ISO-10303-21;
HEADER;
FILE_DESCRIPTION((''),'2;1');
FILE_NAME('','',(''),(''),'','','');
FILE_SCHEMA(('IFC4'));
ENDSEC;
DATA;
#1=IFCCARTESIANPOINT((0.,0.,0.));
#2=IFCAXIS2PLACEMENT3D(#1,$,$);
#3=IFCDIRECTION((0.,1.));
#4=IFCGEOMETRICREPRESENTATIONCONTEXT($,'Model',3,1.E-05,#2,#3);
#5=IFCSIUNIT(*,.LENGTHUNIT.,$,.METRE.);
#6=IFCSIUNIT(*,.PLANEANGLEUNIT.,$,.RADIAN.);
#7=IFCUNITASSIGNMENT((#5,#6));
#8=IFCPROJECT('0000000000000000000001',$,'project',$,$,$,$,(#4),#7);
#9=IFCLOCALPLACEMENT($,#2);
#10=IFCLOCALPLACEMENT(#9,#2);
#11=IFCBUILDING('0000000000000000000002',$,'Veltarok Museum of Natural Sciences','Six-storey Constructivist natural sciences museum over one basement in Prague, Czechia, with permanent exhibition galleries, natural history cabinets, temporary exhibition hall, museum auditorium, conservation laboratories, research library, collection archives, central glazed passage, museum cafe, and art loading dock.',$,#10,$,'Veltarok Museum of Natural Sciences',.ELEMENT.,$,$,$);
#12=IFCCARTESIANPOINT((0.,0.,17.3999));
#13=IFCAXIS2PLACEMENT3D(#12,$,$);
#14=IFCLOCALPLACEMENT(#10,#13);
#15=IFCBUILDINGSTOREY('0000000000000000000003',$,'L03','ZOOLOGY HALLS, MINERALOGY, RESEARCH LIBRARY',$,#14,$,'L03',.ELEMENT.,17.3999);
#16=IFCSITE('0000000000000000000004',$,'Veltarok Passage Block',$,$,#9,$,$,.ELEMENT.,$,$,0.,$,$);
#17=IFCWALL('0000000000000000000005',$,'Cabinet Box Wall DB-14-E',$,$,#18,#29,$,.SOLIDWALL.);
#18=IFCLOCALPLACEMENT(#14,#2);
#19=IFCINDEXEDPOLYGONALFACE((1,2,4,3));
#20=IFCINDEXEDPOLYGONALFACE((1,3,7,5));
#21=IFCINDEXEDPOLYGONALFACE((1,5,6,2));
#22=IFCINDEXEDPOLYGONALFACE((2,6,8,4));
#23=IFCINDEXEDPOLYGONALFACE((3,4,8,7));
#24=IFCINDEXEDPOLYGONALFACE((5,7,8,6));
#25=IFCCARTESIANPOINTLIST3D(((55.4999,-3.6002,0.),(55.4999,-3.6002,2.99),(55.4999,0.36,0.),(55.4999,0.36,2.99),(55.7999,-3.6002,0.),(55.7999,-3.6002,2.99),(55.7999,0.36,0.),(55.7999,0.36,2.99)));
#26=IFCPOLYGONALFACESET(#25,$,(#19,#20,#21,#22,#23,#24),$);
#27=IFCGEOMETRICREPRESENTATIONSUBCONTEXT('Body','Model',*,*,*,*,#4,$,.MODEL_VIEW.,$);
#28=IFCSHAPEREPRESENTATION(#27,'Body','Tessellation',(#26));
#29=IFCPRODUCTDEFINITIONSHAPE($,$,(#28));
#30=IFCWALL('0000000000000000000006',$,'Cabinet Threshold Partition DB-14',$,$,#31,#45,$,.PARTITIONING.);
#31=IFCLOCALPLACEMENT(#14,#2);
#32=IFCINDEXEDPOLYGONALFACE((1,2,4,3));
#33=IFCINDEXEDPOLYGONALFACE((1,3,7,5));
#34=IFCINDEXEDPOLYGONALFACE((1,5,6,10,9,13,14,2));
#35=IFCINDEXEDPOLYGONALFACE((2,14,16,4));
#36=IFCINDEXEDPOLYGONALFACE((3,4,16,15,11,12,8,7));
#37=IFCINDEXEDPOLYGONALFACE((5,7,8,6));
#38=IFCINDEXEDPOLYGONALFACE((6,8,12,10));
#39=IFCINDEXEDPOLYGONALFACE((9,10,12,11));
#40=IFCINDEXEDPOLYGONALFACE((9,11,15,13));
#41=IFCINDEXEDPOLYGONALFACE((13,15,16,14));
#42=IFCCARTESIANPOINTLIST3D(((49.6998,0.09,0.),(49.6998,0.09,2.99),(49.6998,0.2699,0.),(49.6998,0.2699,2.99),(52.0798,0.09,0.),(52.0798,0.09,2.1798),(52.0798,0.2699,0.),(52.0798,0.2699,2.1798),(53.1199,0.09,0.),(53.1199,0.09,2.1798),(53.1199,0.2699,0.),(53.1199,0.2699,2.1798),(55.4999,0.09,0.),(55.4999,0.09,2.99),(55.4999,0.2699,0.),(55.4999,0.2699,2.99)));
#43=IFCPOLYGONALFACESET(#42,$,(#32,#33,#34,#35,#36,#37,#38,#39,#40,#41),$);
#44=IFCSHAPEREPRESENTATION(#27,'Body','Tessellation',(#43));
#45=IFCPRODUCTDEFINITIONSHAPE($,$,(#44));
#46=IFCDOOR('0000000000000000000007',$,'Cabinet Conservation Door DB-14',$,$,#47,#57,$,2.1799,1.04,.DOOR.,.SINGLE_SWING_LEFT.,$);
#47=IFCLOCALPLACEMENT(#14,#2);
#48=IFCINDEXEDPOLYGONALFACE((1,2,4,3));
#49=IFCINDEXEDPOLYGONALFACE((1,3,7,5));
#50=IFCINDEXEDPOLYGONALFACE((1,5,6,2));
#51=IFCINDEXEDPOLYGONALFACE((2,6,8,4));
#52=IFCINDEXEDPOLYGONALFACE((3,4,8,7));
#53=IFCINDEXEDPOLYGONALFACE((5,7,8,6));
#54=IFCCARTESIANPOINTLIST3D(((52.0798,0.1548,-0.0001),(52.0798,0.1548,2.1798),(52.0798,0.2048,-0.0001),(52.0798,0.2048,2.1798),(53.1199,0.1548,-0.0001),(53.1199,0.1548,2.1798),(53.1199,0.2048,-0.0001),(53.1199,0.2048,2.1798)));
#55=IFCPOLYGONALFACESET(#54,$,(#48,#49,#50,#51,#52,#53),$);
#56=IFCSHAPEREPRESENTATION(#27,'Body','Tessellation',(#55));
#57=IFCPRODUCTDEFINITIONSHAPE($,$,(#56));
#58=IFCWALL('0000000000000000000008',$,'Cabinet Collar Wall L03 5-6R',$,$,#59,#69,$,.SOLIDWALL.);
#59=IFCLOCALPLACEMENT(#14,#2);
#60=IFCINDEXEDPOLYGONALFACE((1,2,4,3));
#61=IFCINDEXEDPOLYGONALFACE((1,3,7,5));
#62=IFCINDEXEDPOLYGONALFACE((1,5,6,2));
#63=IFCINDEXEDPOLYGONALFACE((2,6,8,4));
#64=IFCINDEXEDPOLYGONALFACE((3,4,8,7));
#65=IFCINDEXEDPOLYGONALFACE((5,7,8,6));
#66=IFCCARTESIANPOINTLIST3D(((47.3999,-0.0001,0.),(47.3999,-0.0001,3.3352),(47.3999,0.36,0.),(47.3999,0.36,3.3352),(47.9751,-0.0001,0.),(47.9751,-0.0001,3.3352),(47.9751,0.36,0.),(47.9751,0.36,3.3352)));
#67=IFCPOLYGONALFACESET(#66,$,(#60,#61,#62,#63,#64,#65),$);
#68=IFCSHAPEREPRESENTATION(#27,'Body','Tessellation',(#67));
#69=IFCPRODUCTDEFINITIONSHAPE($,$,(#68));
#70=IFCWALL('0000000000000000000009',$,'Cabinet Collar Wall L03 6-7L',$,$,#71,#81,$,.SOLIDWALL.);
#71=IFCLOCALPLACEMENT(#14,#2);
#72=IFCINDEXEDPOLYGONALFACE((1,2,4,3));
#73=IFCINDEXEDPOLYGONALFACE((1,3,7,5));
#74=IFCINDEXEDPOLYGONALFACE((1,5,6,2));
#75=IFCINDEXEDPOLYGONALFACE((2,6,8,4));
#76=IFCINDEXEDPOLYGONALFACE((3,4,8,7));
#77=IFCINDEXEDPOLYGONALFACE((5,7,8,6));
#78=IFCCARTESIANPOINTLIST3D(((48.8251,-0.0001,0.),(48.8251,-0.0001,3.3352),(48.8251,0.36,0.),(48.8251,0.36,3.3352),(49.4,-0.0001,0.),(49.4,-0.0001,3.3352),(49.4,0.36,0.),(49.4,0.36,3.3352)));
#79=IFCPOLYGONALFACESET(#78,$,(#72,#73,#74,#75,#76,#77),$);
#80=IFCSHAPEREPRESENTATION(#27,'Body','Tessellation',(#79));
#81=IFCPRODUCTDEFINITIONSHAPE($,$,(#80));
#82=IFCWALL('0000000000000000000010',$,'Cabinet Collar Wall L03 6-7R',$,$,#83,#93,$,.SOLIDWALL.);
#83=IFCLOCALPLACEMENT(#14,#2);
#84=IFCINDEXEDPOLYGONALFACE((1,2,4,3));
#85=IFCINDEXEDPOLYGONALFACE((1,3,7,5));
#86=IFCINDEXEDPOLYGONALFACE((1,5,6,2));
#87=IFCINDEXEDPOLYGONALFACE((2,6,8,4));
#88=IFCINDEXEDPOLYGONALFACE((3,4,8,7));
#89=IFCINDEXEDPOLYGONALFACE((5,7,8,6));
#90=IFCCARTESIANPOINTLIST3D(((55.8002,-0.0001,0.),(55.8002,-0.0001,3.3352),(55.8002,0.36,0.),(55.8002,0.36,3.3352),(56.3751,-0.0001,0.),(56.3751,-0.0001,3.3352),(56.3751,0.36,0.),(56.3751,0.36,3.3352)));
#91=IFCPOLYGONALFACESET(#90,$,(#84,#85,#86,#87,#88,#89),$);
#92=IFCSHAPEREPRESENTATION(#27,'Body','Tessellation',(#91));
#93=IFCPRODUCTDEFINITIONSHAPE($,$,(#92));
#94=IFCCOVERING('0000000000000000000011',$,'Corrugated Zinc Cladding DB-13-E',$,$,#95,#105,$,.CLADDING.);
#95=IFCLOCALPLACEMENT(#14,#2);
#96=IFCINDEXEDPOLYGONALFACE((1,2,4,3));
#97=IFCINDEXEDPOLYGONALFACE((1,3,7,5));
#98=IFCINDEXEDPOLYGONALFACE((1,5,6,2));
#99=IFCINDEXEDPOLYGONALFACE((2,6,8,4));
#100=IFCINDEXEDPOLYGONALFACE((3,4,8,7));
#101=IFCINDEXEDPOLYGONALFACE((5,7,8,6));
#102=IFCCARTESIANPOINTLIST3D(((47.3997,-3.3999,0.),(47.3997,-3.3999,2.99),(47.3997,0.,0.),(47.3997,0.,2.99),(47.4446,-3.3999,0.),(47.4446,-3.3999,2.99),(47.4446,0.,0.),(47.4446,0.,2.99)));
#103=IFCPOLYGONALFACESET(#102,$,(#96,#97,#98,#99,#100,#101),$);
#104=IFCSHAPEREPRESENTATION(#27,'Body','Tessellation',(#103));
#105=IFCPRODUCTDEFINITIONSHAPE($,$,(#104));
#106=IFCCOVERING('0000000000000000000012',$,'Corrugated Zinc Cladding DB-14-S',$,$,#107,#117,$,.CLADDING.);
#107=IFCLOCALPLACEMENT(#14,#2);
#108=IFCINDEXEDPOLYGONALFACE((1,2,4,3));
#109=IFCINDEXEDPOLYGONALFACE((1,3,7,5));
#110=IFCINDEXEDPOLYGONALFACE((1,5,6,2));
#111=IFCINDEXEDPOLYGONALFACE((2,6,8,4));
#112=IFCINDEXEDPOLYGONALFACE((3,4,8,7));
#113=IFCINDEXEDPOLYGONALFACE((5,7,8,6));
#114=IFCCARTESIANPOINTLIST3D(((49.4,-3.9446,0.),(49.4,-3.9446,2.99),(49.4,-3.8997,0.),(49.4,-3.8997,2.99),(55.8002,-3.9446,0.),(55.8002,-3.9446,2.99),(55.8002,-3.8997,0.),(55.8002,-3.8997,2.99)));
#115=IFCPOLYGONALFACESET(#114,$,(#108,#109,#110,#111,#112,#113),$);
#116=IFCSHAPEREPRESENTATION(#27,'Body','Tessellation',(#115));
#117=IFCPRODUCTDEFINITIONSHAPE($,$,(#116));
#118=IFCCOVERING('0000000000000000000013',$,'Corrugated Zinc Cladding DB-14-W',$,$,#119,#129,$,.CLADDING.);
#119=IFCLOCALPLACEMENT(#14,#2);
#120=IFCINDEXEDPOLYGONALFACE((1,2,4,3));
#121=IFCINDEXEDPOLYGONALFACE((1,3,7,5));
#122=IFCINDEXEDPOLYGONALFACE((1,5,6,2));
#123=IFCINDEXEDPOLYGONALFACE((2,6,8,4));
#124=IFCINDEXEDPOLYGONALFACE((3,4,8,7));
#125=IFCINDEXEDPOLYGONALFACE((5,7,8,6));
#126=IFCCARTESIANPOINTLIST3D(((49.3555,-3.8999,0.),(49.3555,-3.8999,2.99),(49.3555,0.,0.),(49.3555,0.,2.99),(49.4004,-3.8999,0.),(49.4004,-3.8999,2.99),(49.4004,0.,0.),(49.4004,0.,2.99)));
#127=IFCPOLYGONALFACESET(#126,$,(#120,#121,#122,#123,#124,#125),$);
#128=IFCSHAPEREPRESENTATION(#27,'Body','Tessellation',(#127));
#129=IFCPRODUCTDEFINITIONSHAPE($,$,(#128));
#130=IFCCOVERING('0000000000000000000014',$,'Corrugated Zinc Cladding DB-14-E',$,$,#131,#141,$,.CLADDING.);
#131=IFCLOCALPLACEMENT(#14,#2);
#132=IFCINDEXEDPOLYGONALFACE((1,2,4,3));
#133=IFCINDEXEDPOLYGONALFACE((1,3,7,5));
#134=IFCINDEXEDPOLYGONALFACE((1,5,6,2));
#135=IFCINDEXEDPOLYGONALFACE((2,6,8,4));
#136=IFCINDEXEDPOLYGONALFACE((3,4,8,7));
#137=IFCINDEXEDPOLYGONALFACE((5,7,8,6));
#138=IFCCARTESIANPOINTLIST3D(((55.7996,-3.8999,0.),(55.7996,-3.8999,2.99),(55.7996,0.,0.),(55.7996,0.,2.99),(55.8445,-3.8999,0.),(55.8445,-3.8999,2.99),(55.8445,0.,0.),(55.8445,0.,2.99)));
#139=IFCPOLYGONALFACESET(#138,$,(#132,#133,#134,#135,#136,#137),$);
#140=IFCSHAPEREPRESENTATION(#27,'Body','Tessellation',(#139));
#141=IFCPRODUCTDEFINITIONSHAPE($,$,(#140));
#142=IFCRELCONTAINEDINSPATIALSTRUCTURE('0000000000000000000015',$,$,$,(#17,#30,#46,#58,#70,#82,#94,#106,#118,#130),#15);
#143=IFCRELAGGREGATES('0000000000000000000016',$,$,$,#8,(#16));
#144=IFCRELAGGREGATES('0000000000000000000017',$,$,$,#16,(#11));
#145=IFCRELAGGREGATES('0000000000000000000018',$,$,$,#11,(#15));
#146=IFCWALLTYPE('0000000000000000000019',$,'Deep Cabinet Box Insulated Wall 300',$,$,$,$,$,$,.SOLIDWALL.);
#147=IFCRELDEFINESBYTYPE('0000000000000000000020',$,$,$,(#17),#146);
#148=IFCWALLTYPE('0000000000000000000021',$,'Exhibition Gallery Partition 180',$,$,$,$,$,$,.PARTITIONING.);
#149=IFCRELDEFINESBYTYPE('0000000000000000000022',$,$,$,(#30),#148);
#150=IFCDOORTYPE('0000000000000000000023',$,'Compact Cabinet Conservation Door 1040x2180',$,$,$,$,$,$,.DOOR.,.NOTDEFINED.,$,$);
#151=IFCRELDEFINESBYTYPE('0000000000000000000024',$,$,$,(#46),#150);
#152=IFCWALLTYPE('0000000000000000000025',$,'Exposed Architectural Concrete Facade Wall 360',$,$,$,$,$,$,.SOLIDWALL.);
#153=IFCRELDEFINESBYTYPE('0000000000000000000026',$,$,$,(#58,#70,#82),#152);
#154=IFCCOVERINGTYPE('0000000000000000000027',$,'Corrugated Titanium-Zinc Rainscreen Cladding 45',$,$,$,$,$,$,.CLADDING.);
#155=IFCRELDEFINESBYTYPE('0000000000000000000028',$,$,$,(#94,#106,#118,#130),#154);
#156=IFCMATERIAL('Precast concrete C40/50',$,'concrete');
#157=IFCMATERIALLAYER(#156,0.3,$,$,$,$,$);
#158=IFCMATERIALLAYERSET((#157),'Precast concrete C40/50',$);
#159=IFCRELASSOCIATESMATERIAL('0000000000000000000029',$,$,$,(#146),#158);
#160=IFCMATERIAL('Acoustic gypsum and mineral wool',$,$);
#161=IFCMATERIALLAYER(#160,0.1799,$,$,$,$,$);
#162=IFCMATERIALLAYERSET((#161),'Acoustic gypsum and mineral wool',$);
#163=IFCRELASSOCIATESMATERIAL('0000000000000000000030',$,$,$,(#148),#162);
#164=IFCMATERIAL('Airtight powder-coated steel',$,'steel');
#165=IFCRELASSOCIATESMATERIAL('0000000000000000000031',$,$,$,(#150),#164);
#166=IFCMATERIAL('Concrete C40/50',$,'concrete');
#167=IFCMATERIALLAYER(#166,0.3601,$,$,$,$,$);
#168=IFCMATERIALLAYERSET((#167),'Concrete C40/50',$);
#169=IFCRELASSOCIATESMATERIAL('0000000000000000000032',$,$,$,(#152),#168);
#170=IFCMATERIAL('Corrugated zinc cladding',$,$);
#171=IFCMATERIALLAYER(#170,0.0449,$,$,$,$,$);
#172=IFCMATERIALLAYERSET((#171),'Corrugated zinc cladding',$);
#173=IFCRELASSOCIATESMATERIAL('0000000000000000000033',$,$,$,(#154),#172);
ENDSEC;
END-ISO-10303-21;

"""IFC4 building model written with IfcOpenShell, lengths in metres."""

from ifc_helpers import new_model, si_unit, direction, frame, frame_2d, origin, place, context, subcontext, project, spatial, rectangle, extrude, material, layer, layer_set, type_object, element, fill, save


model = new_model("IFC4")

# Units and contexts
model_context = context("Model", 3, precision=1e-05, world=origin(), true_north=direction((0.0, 1.0)))
body_context = subcontext(model_context, "Body", "Model", "MODEL_VIEW")
ifc_project = project(units=[si_unit("LENGTHUNIT", "METRE"), si_unit("PLANEANGLEUNIT", "RADIAN")], contexts=[model_context])

# Site, building, storey
site_placement = place(None, origin())
site = spatial("IfcSite", under=ifc_project, at=site_placement, Name="Veltarok Passage Block", CompositionType="ELEMENT", RefElevation=0.0)
building_placement = place(site_placement, origin())
building = spatial("IfcBuilding", under=site, at=building_placement, Name="Veltarok Museum of Natural Sciences", Description="Six-storey Constructivist natural sciences museum over one basement in Prague, Czechia, with permanent exhibition galleries, natural history cabinets, temporary exhibition hall, museum auditorium, conservation laboratories, research library, collection archives, central glazed passage, museum cafe, and art loading dock.", LongName="Veltarok Museum of Natural Sciences", CompositionType="ELEMENT")
storey_placement = place(building_placement, frame((0.0, 0.0, 17.3999)))
storey = spatial("IfcBuildingStorey", under=building, at=storey_placement, Name="L03", Description="ZOOLOGY HALLS, MINERALOGY, RESEARCH LIBRARY", LongName="L03", CompositionType="ELEMENT", Elevation=17.3999)

# Shared definitions
ifc_material_1 = material(Name="Concrete C40/50", Category="concrete")

# Wall
ifc_material_2 = material(Name="Precast concrete C40/50", Category="concrete")
ifc_layer_1 = layer(ifc_material_2, 0.3)
ifc_layer_set_1 = layer_set([ifc_layer_1], Name="Precast concrete C40/50")
wall_type_1 = type_object("IfcWallType", Name="Deep Cabinet Box Insulated Wall 300", PredefinedType="SOLIDWALL", material=ifc_layer_set_1)
for number, where, z_axis, x_axis, name in (
    (1, (55.6499, -3.6001, 0.0), (0.0, 0.0, 1.0), (0.0, 1.0, 0.0), "Cabinet Box Wall DB-14-E"),
):
    element("IfcWall", number, at=place(storey_placement, frame(where, z_axis=z_axis, x_axis=x_axis)), inside=storey, type_object=wall_type_1, Name=name, PredefinedType="SOLIDWALL", context=body_context, shape_type="SweptSolid", body=[
        extrude(rectangle(XDim=3.9602, YDim=0.3, at=frame_2d((1.98, 0.0))), origin(), (0.0, 0.0, 1.0), 2.99),
    ])

# Wall, opening, door
ifc_material_3 = material(Name="Acoustic gypsum and mineral wool")
ifc_layer_2 = layer(ifc_material_3, 0.1799)
ifc_layer_set_2 = layer_set([ifc_layer_2], Name="Acoustic gypsum and mineral wool")
wall_type_2 = type_object("IfcWallType", Name="Exhibition Gallery Partition 180", PredefinedType="PARTITIONING", material=ifc_layer_set_2)
wall_1_placement = place(storey_placement, frame((49.7, 0.1799, 0.0), z_axis=(0.0, 0.0, 1.0), x_axis=(1.0, 0.0, 0.0)))
wall_1 = element("IfcWall", 2, at=wall_1_placement, inside=storey, type_object=wall_type_2, Name="Cabinet Threshold Partition DB-14", PredefinedType="PARTITIONING", context=body_context, shape_type="SweptSolid", body=[
    extrude(rectangle(XDim=5.8, YDim=0.1799, at=frame_2d((2.8999, 0.0))), origin(), (0.0, 0.0, 1.0), 2.99),
])
opening_placement = place(wall_1_placement, frame((2.3799, 0.0, 0.0)))
opening = element("IfcOpeningElement", 3, at=opening_placement, cuts=wall_1, PredefinedType="OPENING", context=body_context, shape_type="SweptSolid", body=[
    extrude(rectangle(XDim=1.04, YDim=2.1799, at=frame_2d((0.52, 1.0898))), frame((0.0, 0.1001, 0.0), z_axis=(0.0, -1.0, 0.0), x_axis=(1.0, 0.0, 0.0)), (0.0, 0.0, 1.0), 0.2),
])
ifc_material_4 = material(Name="Airtight powder-coated steel", Category="steel")
door_type = type_object("IfcDoorType", Name="Compact Cabinet Conservation Door 1040x2180", OperationType="NOTDEFINED", PredefinedType="DOOR", material=ifc_material_4)
door_placement = place(opening_placement, origin())
door = element("IfcDoor", 4, at=door_placement, inside=storey, type_object=door_type, Name="Cabinet Conservation Door DB-14", OperationType="SINGLE_SWING_LEFT", OverallHeight=2.1799, OverallWidth=1.04, PredefinedType="DOOR", context=body_context, shape_type="SweptSolid", body=[
    extrude(rectangle(XDim=1.04, YDim=2.1799, at=frame_2d((0.52, 1.0898))), frame((0.0, 0.0249, 0.0), z_axis=(0.0, -1.0, 0.0), x_axis=(1.0, 0.0, 0.0)), (0.0, 0.0, 1.0), 0.05),
])
fill(opening, door)

# Walls
ifc_layer_3 = layer(ifc_material_1, 0.3601)
ifc_layer_set_3 = layer_set([ifc_layer_3], Name="Concrete C40/50")
wall_type_3 = type_object("IfcWallType", Name="Exposed Architectural Concrete Facade Wall 360", PredefinedType="SOLIDWALL", material=ifc_layer_set_3)
wall_2_placement = place(storey_placement, frame((47.3999, 0.1799, 0.0), z_axis=(0.0, 0.0, 1.0), x_axis=(1.0, 0.0, 0.0)))
element("IfcWall", 5, at=wall_2_placement, inside=storey, type_object=wall_type_3, Name="Cabinet Collar Wall L03 5-6R", PredefinedType="SOLIDWALL", context=body_context, shape_type="SweptSolid", body=[
    extrude(rectangle(XDim=0.5752, YDim=0.3601, at=frame_2d((0.2876, 0.0))), origin(), (0.0, 0.0, 1.0), 3.3352),
])
for number, where, z_axis, x_axis, name in (
    (6, (48.825, 0.1799, 0.0), (0.0, 0.0, 1.0), (1.0, 0.0, 0.0), "Cabinet Collar Wall L03 6-7L"),
    (7, (55.8, 0.1799, 0.0), (0.0, 0.0, 1.0), (1.0, 0.0, 0.0), "Cabinet Collar Wall L03 6-7R"),
):
    element("IfcWall", number, at=place(storey_placement, frame(where, z_axis=z_axis, x_axis=x_axis)), inside=storey, type_object=wall_type_3, Name=name, PredefinedType="SOLIDWALL", context=body_context, shape_type="SweptSolid", body=[
        extrude(rectangle(XDim=0.575, YDim=0.3601, at=frame_2d((0.2876, 0.0))), origin(), (0.0, 0.0, 1.0), 3.3352),
    ])

# Coverings
ifc_material_5 = material(Name="Corrugated zinc cladding")
ifc_layer_4 = layer(ifc_material_5, 0.0449)
ifc_layer_set_4 = layer_set([ifc_layer_4], Name="Corrugated zinc cladding")
covering_type = type_object("IfcCoveringType", Name="Corrugated Titanium-Zinc Rainscreen Cladding 45", PredefinedType="CLADDING", material=ifc_layer_set_4)
covering_1_placement = place(storey_placement, frame((47.4221, -3.3999, 0.0), z_axis=(0.0, 0.0, 1.0), x_axis=(0.0, 1.0, 0.0)))
element("IfcCovering", 8, at=covering_1_placement, inside=storey, type_object=covering_type, Name="Corrugated Zinc Cladding DB-13-E", PredefinedType="CLADDING", context=body_context, shape_type="SweptSolid", body=[
    extrude(rectangle(XDim=3.3999, YDim=0.0449, at=frame_2d((1.7, 0.0))), origin(), (0.0, 0.0, 1.0), 2.99),
])
covering_2_placement = place(storey_placement, frame((49.3999, -3.9221, 0.0), z_axis=(0.0, 0.0, 1.0), x_axis=(1.0, 0.0, 0.0)))
element("IfcCovering", 9, at=covering_2_placement, inside=storey, type_object=covering_type, Name="Corrugated Zinc Cladding DB-14-S", PredefinedType="CLADDING", context=body_context, shape_type="SweptSolid", body=[
    extrude(rectangle(XDim=6.4001, YDim=0.0449, at=frame_2d((3.2002, 0.0))), origin(), (0.0, 0.0, 1.0), 2.99),
])
for number, where, z_axis, x_axis, name in (
    (10, (49.3779, 0.0, 0.0), (0.0, 0.0, 1.0), (0.0, -1.0, 0.0), "Corrugated Zinc Cladding DB-14-W"),
    (11, (55.822, -3.8999, 0.0), (0.0, 0.0, 1.0), (0.0, 1.0, 0.0), "Corrugated Zinc Cladding DB-14-E"),
):
    element("IfcCovering", number, at=place(storey_placement, frame(where, z_axis=z_axis, x_axis=x_axis)), inside=storey, type_object=covering_type, Name=name, PredefinedType="CLADDING", context=body_context, shape_type="SweptSolid", body=[
        extrude(rectangle(XDim=3.8999, YDim=0.0449, at=frame_2d((1.95, 0.0))), origin(), (0.0, 0.0, 1.0), 2.99),
    ])

save(model, "model.ifc")
